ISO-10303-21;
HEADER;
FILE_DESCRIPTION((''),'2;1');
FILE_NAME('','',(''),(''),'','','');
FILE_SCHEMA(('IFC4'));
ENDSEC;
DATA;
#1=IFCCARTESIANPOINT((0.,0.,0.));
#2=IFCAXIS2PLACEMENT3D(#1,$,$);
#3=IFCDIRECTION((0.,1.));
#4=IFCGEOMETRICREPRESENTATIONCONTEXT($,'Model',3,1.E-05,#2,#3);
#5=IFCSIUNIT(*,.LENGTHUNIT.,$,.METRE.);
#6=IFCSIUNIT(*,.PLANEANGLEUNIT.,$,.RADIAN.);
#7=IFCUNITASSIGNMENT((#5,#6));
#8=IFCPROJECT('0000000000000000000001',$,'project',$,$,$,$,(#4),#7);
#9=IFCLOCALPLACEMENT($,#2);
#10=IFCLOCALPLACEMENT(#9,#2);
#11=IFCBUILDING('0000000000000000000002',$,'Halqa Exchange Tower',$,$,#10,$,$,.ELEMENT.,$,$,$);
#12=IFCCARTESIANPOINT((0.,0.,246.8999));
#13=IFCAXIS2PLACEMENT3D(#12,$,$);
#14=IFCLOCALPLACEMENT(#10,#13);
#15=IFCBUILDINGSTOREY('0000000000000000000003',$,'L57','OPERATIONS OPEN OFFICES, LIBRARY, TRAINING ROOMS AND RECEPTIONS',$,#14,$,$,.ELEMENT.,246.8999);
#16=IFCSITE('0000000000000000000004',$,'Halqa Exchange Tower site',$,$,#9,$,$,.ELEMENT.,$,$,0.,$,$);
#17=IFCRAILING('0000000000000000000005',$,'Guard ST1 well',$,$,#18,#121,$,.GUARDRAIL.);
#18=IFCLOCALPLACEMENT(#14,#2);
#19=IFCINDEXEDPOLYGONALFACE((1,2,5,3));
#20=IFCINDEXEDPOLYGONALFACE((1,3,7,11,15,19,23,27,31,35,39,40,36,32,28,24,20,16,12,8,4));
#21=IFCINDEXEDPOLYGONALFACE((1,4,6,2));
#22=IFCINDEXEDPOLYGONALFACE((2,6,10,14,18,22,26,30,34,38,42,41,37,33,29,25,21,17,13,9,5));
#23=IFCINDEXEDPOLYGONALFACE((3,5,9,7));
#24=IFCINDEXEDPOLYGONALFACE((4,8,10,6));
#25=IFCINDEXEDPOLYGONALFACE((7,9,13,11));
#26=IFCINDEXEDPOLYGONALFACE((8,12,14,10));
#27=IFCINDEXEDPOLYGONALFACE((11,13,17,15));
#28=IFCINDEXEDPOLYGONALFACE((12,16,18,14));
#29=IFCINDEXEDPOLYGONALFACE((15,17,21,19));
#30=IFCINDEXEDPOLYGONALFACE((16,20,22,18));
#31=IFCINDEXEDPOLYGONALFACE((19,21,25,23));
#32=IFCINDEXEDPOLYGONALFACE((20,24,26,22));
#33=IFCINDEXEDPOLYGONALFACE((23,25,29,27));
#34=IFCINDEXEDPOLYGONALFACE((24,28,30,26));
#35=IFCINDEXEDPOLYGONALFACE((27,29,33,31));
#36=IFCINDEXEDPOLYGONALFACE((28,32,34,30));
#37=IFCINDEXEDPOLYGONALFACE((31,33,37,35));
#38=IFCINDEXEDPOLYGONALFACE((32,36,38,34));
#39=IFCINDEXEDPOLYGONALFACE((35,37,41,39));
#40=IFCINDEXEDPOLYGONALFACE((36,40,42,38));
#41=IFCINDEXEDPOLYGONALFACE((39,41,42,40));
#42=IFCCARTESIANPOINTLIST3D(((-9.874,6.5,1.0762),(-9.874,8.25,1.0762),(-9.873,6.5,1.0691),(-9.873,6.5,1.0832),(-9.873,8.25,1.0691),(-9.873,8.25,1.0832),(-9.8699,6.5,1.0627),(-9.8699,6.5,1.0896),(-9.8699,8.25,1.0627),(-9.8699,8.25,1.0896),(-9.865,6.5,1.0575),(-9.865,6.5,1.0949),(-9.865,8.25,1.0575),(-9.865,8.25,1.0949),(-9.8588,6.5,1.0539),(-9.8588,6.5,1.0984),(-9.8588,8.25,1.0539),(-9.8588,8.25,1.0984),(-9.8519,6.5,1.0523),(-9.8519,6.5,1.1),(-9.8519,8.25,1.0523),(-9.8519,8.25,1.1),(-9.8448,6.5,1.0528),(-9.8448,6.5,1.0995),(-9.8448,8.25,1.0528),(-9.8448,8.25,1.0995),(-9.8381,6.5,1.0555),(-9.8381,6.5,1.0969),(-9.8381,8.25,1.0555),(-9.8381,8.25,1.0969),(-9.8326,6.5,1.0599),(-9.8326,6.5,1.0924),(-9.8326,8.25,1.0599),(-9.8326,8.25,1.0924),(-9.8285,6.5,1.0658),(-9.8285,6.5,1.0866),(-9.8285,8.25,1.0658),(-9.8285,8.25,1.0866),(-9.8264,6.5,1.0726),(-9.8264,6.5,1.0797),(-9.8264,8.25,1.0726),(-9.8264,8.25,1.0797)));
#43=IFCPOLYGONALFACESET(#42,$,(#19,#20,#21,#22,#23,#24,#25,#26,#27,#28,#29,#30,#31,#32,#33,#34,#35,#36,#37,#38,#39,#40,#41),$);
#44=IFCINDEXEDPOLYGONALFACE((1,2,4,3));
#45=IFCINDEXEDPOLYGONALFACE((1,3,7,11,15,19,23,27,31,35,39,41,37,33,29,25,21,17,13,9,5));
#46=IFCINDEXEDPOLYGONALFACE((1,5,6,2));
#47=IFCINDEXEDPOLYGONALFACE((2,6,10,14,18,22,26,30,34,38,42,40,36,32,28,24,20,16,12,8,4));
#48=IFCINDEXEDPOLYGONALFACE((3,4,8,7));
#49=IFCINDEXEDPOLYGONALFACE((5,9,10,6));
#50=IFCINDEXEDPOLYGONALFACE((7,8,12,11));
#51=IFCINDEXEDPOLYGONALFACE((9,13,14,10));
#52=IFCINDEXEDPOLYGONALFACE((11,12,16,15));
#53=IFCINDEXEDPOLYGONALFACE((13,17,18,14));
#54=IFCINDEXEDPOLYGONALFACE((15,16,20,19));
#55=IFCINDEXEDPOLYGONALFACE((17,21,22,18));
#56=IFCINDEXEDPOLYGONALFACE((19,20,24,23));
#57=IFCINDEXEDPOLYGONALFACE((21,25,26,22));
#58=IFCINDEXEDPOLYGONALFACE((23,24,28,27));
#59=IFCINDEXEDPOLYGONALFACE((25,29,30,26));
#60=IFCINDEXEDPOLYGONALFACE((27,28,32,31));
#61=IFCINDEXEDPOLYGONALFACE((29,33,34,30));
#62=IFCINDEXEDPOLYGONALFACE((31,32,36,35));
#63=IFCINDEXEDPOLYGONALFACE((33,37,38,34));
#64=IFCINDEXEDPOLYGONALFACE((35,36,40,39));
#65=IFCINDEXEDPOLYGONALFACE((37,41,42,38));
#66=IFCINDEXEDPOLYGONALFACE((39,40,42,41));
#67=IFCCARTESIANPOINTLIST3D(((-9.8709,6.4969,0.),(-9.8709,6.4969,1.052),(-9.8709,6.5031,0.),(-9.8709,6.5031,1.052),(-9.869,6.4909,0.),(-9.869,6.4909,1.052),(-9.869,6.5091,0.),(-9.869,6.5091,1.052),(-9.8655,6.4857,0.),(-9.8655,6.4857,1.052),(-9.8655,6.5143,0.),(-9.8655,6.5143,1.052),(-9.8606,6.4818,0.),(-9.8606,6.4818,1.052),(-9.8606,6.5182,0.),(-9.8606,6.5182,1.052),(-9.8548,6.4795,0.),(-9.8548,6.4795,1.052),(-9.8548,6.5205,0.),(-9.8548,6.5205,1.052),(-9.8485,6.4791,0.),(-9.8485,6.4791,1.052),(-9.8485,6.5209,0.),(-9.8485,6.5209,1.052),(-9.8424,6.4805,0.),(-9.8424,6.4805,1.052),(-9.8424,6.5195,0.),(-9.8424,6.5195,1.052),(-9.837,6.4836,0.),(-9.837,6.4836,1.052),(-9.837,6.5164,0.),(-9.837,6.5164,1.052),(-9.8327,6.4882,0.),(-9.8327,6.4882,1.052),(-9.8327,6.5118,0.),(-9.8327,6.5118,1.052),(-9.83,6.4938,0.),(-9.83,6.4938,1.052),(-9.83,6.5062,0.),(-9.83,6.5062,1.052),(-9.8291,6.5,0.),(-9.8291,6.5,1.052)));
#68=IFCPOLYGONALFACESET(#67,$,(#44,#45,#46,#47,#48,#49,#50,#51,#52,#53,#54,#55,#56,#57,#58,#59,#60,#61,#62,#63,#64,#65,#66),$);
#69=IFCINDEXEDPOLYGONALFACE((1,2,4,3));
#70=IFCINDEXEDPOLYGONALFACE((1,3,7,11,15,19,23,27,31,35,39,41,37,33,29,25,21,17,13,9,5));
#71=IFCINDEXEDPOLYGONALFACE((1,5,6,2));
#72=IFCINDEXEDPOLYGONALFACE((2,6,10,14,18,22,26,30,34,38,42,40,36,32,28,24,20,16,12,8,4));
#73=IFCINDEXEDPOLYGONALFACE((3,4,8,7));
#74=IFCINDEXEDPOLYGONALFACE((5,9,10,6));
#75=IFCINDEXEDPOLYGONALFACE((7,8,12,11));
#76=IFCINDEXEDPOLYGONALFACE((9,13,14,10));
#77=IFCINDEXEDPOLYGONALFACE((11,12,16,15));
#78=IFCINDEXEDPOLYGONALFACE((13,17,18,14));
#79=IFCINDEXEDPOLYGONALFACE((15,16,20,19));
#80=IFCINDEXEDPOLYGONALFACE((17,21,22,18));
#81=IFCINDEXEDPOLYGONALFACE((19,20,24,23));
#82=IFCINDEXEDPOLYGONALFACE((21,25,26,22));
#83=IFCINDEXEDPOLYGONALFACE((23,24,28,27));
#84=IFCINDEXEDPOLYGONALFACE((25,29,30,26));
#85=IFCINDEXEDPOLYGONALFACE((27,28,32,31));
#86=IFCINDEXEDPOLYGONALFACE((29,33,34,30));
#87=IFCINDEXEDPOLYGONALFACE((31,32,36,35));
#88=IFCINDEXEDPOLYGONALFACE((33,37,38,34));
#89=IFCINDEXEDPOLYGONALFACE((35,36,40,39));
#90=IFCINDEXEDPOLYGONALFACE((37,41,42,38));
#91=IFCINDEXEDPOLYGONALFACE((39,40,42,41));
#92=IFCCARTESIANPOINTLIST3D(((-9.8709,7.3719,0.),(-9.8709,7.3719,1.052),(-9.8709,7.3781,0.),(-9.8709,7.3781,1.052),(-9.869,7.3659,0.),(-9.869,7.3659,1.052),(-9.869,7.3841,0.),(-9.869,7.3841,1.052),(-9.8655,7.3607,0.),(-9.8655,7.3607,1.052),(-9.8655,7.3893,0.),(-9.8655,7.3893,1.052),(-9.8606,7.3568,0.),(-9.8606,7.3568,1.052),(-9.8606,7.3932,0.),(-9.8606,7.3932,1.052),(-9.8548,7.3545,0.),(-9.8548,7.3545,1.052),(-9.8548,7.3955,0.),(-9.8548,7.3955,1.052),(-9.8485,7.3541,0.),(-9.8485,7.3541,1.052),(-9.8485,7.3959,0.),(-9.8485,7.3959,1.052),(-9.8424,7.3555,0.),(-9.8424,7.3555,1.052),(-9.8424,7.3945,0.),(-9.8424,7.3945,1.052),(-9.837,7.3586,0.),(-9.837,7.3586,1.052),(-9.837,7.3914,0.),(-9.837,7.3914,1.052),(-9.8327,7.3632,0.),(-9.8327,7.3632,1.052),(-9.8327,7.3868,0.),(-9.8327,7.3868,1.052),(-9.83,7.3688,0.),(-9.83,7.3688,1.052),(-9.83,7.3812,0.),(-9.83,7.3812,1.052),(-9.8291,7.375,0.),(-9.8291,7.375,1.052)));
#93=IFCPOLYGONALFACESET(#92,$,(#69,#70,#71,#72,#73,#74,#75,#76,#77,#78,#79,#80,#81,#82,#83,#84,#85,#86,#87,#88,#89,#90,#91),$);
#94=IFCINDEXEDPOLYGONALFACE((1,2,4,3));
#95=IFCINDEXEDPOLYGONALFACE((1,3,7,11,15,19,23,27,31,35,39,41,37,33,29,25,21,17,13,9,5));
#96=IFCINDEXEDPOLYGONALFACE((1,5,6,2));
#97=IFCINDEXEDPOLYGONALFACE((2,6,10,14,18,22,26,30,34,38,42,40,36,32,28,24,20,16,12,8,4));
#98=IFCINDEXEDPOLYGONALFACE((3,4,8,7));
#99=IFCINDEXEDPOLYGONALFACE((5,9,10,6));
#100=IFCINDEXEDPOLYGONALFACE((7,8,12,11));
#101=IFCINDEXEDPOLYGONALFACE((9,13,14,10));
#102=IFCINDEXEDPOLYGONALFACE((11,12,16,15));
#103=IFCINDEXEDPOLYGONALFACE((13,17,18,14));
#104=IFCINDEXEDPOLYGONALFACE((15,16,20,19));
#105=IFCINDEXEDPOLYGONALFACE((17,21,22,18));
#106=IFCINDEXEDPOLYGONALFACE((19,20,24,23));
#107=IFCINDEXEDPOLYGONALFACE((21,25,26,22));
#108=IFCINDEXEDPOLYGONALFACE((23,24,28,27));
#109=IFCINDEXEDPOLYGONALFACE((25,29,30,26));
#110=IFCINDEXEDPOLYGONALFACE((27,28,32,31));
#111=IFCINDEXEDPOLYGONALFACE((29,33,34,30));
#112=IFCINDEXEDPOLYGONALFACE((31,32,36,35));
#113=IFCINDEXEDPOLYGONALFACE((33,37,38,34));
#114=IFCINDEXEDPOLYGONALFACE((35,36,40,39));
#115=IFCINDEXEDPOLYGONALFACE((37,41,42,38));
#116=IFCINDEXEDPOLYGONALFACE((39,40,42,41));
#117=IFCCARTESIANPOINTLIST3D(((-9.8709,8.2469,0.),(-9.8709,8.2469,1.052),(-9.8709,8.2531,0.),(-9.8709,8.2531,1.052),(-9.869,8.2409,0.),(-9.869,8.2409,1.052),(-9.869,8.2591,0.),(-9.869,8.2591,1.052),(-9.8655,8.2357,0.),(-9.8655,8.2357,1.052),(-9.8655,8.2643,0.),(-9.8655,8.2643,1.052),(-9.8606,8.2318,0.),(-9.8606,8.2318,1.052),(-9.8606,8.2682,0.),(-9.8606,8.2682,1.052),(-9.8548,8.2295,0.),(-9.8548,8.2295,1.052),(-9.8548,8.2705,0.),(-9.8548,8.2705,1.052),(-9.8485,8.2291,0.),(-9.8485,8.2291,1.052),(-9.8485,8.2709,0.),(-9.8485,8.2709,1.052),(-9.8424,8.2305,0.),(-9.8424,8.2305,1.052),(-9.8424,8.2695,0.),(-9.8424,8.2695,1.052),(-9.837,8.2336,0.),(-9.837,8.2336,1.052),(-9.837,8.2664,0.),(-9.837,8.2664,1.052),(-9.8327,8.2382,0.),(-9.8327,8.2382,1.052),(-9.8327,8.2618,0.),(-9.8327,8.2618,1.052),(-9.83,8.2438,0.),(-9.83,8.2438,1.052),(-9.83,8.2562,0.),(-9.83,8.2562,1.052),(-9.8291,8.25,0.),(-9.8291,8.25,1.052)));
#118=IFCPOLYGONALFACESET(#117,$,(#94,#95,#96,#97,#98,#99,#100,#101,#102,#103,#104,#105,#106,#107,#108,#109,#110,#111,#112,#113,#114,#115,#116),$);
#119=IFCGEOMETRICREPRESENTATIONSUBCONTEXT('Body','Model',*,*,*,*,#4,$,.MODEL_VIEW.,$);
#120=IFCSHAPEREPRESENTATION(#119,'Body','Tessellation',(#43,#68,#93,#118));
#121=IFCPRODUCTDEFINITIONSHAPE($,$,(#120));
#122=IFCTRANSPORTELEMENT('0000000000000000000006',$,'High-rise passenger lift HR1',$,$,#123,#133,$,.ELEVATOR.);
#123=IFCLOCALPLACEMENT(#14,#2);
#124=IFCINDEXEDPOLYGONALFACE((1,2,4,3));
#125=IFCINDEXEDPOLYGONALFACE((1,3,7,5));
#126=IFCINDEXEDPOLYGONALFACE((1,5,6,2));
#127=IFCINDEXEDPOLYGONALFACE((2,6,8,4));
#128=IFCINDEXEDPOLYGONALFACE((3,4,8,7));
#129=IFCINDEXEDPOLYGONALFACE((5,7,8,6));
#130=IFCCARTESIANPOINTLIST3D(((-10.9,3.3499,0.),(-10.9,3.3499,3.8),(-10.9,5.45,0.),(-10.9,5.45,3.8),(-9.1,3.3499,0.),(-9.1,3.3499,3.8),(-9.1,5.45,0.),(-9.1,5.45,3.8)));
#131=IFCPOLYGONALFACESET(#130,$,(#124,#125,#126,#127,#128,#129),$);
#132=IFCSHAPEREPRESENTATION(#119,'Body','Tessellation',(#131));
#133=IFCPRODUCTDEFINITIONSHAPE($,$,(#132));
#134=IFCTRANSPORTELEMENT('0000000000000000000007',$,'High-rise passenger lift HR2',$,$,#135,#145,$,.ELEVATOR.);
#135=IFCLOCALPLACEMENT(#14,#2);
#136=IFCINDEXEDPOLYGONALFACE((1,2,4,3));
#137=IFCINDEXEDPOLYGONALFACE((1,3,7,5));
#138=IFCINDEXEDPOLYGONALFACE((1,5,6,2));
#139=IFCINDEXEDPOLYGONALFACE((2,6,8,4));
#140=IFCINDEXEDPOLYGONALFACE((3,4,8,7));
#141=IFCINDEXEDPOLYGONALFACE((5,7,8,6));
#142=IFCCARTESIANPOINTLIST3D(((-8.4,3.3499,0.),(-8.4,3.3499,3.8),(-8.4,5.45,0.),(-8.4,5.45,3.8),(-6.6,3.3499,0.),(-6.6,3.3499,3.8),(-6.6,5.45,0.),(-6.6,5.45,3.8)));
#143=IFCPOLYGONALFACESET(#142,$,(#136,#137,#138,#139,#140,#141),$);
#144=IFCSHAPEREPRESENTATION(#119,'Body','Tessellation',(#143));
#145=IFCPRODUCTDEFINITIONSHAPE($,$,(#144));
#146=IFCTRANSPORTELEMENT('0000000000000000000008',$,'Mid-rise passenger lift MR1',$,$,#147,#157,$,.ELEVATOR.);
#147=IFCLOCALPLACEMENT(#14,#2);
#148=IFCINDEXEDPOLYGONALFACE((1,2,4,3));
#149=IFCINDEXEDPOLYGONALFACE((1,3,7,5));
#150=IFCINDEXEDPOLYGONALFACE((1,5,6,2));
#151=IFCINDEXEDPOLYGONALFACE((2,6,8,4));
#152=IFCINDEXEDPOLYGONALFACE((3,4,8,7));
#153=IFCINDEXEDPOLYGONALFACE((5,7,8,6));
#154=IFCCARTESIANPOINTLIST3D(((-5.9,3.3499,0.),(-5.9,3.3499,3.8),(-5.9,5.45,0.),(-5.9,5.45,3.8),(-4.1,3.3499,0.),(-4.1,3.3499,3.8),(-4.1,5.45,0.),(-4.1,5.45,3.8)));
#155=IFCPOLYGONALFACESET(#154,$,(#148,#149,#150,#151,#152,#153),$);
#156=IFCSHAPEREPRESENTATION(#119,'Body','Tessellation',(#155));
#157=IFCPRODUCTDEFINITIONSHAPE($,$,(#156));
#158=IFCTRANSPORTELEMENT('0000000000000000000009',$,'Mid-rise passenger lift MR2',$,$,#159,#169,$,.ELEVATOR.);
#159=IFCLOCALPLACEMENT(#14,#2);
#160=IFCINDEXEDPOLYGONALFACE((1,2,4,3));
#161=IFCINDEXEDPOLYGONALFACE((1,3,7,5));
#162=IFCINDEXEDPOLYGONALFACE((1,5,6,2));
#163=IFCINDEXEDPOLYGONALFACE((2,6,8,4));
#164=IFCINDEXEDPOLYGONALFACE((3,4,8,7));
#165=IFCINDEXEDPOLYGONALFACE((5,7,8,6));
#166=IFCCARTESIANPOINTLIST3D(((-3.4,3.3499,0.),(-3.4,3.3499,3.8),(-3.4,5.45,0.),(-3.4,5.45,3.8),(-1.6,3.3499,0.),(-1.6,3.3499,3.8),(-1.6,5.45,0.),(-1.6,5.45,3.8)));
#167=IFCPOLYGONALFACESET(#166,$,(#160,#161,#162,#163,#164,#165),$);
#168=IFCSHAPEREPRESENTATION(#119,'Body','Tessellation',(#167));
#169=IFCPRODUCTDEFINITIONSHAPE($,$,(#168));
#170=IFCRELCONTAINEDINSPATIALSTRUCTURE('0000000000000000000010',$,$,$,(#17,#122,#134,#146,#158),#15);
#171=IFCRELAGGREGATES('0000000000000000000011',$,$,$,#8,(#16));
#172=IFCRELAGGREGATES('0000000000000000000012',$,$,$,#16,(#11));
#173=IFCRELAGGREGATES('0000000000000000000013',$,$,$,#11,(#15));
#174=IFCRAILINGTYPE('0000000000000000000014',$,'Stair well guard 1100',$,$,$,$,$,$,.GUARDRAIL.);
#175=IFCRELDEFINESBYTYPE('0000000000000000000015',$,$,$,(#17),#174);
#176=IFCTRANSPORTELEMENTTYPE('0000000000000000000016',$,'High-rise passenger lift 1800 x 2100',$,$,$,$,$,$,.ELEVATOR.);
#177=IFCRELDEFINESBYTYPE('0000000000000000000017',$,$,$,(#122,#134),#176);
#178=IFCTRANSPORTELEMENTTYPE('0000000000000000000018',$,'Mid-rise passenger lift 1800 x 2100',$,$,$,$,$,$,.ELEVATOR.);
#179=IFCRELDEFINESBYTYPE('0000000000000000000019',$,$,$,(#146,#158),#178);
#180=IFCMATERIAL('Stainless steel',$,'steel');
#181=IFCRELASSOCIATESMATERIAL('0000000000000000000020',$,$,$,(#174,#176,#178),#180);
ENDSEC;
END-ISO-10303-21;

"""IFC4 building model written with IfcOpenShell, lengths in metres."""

from ifc_helpers import new_model, si_unit, direction, frame, origin, origin_2d, place, context, subcontext, project, spatial, rectangle, circle, extrude, material, type_object, element, save


model = new_model("IFC4")

# Units and contexts
model_context = context("Model", 3, precision=1e-05, world=origin(), true_north=direction((0.0, 1.0)))
body_context = subcontext(model_context, "Body", "Model", "MODEL_VIEW")
ifc_project = project(units=[si_unit("LENGTHUNIT", "METRE"), si_unit("PLANEANGLEUNIT", "RADIAN")], contexts=[model_context])

# Site, building, storey
site_placement = place(None, origin())
site = spatial("IfcSite", under=ifc_project, at=site_placement, Name="Halqa Exchange Tower site", CompositionType="ELEMENT", RefElevation=0.0)
building_placement = place(site_placement, origin())
building = spatial("IfcBuilding", under=site, at=building_placement, Name="Halqa Exchange Tower", CompositionType="ELEMENT")
storey_placement = place(building_placement, frame((0.0, 0.0, 246.8999)))
storey = spatial("IfcBuildingStorey", under=building, at=storey_placement, Name="L57", Description="OPERATIONS OPEN OFFICES, LIBRARY, TRAINING ROOMS AND RECEPTIONS", CompositionType="ELEMENT", Elevation=246.8999)

# Shared definitions
ifc_material_1 = material(Name="Stainless steel", Category="steel")

# Railing
railing_type_1 = type_object("IfcRailingType", Name="Stair well guard 1100", PredefinedType="GUARDRAIL", material=ifc_material_1)
railing_1_placement = place(storey_placement, frame((-9.8501, 6.5, 0.0)))
element("IfcRailing", 1, at=railing_1_placement, inside=storey, type_object=railing_type_1, Name="Guard ST1 well", PredefinedType="GUARDRAIL", context=body_context, shape_type="SweptSolid", body=[
    extrude(circle(Radius=0.0239, at=origin_2d()), frame((0.0, 0.0, 1.0762), z_axis=(0.0, 1.0, 0.0), x_axis=(-1.0, 0.0, 0.0)), (0.0, 0.0, 1.0), 1.75),
    extrude(circle(Radius=0.021, at=origin_2d()), origin(), (0.0, 0.0, 1.0), 1.052),
    extrude(circle(Radius=0.021, at=origin_2d()), frame((0.0, 0.875, 0.0)), (0.0, 0.0, 1.0), 1.052),
    extrude(circle(Radius=0.021, at=origin_2d()), frame((0.0, 1.75, 0.0)), (0.0, 0.0, 1.0), 1.052),
])

# Transport elements
transport_element_type_1 = type_object("IfcTransportElementType", Name="High-rise passenger lift 1800 x 2100", PredefinedType="ELEVATOR", material=ifc_material_1)
for number, where, z_axis, x_axis, name in (
    (2, (-10.0, 4.3999, 0.0), (0.0, 0.0, 1.0), (1.0, 0.0, 0.0), "High-rise passenger lift HR1"),
    (3, (-7.5, 4.3999, 0.0), (0.0, 0.0, 1.0), (1.0, 0.0, 0.0), "High-rise passenger lift HR2"),
):
    element("IfcTransportElement", number, at=place(storey_placement, frame(where, z_axis=z_axis, x_axis=x_axis)), inside=storey, type_object=transport_element_type_1, Name=name, PredefinedType="ELEVATOR", context=body_context, shape_type="SweptSolid", body=[
        extrude(rectangle(XDim=1.8, YDim=2.1001, at=origin_2d()), origin(), (0.0, 0.0, 1.0), 3.8),
    ])
transport_element_type_2 = type_object("IfcTransportElementType", Name="Mid-rise passenger lift 1800 x 2100", PredefinedType="ELEVATOR", material=ifc_material_1)
for number, where, z_axis, x_axis, name in (
    (4, (-5.0, 4.3999, 0.0), (0.0, 0.0, 1.0), (1.0, 0.0, 0.0), "Mid-rise passenger lift MR1"),
    (5, (-2.5, 4.3999, 0.0), (0.0, 0.0, 1.0), (1.0, 0.0, 0.0), "Mid-rise passenger lift MR2"),
):
    element("IfcTransportElement", number, at=place(storey_placement, frame(where, z_axis=z_axis, x_axis=x_axis)), inside=storey, type_object=transport_element_type_2, Name=name, PredefinedType="ELEVATOR", context=body_context, shape_type="SweptSolid", body=[
        extrude(rectangle(XDim=1.8, YDim=2.1001, at=origin_2d()), origin(), (0.0, 0.0, 1.0), 3.8),
    ])

save(model, "model.ifc")
